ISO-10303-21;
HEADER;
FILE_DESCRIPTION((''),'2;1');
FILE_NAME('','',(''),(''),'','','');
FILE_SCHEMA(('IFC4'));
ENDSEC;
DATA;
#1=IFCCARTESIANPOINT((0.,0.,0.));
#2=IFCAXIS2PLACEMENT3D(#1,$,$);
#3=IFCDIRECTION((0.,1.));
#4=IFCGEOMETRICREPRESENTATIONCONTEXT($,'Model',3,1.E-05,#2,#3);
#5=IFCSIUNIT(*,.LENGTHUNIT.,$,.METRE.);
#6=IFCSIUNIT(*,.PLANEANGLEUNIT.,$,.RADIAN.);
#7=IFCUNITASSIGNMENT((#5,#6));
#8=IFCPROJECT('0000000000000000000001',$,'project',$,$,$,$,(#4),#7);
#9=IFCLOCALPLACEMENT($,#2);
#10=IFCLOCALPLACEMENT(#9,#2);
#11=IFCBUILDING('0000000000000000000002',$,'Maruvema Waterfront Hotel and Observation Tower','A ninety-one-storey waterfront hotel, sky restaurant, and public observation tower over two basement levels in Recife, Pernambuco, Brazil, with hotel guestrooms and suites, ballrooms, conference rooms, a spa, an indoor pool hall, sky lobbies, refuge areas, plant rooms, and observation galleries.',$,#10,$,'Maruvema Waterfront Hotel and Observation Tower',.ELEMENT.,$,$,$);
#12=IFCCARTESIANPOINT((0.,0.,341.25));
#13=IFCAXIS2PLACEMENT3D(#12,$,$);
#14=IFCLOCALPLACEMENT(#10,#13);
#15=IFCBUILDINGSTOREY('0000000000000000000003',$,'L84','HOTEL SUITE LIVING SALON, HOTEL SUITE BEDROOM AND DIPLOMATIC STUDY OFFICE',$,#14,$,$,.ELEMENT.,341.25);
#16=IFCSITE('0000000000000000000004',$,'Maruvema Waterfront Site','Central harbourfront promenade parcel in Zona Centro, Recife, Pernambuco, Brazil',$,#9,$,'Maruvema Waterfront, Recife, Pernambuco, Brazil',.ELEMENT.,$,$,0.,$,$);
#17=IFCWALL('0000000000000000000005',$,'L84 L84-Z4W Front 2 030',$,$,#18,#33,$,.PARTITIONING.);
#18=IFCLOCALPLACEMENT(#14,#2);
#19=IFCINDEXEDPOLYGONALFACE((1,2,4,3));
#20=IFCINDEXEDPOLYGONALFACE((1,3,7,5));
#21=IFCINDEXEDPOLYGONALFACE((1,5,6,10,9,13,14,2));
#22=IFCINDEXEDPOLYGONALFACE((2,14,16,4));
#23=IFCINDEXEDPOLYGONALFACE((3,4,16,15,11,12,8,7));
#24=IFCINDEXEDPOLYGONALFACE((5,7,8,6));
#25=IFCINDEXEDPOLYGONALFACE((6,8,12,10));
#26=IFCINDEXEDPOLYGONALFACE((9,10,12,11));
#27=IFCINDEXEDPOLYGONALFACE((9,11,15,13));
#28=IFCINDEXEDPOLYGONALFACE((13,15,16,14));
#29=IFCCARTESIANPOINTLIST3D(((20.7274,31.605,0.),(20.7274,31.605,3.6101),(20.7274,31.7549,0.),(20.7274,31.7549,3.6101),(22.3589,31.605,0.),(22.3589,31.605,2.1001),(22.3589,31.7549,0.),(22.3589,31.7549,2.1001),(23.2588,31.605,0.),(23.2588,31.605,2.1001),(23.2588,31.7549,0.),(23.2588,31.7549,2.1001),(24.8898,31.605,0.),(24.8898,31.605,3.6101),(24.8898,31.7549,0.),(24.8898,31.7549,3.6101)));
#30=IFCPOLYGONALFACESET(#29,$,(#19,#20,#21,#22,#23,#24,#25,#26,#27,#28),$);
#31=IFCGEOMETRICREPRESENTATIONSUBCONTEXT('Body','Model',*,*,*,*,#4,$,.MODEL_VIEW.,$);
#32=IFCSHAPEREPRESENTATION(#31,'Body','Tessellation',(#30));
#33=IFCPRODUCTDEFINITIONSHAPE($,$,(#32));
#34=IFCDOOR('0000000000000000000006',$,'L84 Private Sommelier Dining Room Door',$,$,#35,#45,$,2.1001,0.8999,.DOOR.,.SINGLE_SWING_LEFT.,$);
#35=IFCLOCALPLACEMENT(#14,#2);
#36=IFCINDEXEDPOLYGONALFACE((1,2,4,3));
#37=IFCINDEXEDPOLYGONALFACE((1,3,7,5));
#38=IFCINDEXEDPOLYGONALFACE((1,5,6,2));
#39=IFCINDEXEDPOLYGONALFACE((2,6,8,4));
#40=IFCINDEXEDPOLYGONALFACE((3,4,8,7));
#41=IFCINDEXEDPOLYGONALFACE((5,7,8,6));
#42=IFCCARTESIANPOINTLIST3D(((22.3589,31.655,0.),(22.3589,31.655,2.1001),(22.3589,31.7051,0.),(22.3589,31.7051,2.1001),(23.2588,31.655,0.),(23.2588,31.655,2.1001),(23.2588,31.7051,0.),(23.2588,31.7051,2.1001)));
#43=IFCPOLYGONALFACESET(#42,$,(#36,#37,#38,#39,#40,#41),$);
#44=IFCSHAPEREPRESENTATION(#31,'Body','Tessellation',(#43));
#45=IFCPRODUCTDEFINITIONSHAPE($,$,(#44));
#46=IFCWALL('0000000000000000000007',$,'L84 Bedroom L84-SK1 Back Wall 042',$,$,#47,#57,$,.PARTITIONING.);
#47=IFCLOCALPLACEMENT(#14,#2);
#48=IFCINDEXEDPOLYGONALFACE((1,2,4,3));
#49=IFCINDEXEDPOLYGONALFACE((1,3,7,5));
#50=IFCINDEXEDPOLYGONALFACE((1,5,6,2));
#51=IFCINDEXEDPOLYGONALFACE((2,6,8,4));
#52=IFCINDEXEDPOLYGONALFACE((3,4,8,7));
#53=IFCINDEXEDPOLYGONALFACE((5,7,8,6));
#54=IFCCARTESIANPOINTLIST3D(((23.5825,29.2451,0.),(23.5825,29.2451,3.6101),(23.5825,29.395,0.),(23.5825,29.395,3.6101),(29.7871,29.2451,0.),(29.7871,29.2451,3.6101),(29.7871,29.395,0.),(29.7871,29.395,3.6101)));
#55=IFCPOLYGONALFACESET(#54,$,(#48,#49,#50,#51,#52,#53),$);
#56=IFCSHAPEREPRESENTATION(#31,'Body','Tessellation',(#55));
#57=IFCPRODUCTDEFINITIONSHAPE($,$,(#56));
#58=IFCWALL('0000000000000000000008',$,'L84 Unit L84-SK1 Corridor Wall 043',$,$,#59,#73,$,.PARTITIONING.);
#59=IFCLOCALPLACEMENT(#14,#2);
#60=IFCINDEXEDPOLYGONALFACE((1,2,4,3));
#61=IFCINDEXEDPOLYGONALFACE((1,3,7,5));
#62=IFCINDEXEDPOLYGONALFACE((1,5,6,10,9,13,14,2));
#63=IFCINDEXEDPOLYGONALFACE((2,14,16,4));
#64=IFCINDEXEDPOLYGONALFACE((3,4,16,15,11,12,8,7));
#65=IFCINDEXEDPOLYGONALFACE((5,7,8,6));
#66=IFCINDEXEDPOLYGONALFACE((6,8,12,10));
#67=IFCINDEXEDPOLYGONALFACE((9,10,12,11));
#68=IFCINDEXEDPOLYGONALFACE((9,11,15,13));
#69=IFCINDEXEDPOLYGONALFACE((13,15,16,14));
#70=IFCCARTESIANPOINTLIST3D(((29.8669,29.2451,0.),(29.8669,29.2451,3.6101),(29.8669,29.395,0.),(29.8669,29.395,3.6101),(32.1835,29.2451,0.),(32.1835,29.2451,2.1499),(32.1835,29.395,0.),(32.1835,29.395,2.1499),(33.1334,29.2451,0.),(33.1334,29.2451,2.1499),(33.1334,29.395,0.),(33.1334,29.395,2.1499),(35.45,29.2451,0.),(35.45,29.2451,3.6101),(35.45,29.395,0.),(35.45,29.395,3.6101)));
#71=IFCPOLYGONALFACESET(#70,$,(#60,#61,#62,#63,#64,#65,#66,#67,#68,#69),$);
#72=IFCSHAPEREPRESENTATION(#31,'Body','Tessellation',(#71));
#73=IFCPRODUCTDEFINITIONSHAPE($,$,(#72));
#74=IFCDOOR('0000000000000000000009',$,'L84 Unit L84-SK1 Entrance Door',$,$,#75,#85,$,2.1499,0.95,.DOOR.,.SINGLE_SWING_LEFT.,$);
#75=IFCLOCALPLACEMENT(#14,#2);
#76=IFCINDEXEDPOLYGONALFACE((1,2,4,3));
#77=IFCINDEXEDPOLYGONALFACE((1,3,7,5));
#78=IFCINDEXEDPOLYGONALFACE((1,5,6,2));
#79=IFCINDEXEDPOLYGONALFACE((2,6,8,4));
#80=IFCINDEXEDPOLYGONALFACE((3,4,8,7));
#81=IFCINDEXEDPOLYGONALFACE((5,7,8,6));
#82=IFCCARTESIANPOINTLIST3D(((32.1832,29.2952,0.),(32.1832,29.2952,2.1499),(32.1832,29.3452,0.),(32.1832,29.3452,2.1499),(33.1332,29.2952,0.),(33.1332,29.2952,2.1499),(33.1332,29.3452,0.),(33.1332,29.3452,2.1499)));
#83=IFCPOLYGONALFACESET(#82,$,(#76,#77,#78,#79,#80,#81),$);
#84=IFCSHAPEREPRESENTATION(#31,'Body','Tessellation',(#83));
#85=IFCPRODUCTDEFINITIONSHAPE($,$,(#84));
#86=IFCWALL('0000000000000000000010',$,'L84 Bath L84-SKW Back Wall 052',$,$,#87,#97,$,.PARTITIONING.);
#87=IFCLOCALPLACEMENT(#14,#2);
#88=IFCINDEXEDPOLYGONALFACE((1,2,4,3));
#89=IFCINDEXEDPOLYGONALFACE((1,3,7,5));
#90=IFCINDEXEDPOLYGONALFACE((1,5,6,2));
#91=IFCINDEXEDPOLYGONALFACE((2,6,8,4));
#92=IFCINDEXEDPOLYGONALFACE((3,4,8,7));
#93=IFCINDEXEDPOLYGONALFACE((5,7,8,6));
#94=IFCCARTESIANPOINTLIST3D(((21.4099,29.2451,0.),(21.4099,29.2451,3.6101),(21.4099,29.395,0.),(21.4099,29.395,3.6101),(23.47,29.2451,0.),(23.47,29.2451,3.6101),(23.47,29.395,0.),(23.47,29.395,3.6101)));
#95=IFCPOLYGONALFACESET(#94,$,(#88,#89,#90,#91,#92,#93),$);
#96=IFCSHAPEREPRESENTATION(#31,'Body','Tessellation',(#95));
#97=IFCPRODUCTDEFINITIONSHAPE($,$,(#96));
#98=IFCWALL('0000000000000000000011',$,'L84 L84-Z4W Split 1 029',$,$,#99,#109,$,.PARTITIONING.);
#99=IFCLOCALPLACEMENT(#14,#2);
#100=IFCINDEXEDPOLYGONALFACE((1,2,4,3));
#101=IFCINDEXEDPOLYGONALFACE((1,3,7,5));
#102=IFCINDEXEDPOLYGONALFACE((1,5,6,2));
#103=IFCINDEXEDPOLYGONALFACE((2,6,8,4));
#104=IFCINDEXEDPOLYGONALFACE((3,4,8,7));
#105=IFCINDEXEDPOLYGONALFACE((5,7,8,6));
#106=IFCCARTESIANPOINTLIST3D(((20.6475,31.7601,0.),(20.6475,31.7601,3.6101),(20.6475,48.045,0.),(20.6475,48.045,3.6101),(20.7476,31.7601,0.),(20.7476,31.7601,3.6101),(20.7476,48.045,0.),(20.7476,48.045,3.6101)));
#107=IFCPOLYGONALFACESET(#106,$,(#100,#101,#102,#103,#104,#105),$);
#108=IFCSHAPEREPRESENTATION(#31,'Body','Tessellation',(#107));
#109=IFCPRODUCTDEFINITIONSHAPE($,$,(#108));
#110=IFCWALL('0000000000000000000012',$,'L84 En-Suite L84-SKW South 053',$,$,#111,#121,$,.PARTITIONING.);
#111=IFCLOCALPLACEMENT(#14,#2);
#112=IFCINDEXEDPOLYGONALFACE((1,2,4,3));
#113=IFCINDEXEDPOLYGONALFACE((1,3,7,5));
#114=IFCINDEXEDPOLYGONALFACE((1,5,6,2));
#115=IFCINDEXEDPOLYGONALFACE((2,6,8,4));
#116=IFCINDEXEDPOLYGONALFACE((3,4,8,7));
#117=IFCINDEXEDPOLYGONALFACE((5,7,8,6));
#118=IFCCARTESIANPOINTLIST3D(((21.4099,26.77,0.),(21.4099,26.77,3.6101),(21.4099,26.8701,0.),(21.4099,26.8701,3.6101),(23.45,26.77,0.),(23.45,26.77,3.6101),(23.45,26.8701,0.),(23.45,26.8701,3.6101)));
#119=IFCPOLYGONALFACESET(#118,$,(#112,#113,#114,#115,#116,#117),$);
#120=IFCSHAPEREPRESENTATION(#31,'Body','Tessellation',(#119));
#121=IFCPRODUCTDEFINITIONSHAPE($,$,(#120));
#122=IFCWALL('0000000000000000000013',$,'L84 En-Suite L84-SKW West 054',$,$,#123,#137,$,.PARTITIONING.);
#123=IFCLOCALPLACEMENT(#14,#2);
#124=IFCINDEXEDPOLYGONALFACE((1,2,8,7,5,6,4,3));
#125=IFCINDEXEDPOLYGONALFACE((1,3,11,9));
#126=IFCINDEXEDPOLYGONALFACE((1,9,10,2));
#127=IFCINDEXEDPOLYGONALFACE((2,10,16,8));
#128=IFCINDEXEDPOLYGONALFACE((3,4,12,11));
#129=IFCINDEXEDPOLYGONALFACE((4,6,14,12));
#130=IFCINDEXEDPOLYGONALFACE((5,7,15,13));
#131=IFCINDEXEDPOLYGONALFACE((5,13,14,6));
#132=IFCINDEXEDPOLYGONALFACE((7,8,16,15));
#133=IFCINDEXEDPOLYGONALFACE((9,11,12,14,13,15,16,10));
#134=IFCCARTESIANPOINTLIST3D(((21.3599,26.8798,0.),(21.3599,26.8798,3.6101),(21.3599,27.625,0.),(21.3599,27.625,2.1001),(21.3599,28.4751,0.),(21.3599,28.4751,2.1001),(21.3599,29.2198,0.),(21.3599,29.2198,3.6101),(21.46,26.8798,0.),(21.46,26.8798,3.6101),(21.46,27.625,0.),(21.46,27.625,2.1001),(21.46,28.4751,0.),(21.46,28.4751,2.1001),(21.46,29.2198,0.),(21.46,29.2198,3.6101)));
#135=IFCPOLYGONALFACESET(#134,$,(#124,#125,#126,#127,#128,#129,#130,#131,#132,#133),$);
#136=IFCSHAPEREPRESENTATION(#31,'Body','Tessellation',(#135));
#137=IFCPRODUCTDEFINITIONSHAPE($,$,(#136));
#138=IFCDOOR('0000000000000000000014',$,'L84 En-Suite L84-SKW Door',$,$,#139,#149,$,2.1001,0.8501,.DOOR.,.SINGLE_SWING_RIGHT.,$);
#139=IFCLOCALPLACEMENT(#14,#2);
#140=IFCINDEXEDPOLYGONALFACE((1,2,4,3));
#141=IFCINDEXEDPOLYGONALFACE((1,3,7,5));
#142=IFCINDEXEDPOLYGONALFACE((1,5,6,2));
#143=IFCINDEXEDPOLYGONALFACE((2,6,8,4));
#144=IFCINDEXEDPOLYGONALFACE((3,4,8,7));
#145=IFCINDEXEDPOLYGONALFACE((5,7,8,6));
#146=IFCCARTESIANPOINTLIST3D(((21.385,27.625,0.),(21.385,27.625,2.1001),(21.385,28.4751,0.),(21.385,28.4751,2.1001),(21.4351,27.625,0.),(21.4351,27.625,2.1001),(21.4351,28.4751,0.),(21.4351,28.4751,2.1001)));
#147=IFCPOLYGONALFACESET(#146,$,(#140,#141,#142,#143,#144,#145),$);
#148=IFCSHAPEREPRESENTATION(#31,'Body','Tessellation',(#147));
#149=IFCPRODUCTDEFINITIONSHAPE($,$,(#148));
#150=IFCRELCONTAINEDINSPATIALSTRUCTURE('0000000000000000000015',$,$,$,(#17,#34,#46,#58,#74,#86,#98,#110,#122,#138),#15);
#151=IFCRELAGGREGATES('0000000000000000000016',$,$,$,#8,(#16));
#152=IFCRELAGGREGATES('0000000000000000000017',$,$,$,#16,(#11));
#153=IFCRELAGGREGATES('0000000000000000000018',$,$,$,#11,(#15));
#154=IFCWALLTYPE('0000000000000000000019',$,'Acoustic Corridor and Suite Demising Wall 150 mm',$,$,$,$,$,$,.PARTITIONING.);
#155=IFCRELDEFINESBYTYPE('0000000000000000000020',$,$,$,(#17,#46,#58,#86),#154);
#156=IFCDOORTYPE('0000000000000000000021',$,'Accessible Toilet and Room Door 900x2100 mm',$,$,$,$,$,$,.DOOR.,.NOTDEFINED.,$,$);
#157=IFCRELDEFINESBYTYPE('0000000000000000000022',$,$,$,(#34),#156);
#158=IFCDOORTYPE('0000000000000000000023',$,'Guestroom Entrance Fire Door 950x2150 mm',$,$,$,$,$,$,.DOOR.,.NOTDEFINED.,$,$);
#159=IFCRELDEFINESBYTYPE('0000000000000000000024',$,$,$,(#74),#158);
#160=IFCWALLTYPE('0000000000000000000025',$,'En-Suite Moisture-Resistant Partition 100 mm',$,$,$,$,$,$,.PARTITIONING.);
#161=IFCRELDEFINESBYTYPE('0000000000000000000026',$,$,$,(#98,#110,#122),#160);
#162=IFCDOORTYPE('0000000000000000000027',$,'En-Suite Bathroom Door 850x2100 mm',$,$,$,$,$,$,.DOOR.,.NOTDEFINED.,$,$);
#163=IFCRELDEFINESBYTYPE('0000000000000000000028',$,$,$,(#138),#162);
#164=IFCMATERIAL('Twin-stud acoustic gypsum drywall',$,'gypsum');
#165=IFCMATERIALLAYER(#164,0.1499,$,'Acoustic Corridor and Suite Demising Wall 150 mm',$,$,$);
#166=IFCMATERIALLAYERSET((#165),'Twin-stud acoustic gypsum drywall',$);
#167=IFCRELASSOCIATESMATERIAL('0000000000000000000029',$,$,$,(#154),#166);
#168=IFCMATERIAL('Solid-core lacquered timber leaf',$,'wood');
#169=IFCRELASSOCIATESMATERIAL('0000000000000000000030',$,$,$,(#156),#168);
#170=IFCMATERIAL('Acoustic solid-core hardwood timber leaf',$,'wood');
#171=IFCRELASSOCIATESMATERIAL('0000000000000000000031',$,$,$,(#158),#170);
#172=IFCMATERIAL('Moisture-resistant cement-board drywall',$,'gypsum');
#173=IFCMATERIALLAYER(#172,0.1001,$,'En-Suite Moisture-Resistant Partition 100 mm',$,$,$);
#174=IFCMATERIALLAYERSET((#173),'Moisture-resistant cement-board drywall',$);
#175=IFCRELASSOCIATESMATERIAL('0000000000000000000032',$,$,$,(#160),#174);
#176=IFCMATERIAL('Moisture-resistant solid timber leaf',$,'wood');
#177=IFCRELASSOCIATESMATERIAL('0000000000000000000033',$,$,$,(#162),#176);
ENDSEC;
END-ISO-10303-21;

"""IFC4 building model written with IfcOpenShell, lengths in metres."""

from ifc_helpers import new_model, si_unit, direction, frame, frame_2d, origin, place, context, subcontext, project, spatial, rectangle, extrude, material, layer, layer_set, type_object, element, fill, save


model = new_model("IFC4")

# Units and contexts
model_context = context("Model", 3, precision=1e-05, world=origin(), true_north=direction((0.0, 1.0)))
body_context = subcontext(model_context, "Body", "Model", "MODEL_VIEW")
ifc_project = project(units=[si_unit("LENGTHUNIT", "METRE"), si_unit("PLANEANGLEUNIT", "RADIAN")], contexts=[model_context])

# Site, building, storey
site_placement = place(None, origin())
site = spatial("IfcSite", under=ifc_project, at=site_placement, Name="Maruvema Waterfront Site", Description="Central harbourfront promenade parcel in Zona Centro, Recife, Pernambuco, Brazil", LongName="Maruvema Waterfront, Recife, Pernambuco, Brazil", CompositionType="ELEMENT", RefElevation=0.0)
building_placement = place(site_placement, origin())
building = spatial("IfcBuilding", under=site, at=building_placement, Name="Maruvema Waterfront Hotel and Observation Tower", Description="A ninety-one-storey waterfront hotel, sky restaurant, and public observation tower over two basement levels in Recife, Pernambuco, Brazil, with hotel guestrooms and suites, ballrooms, conference rooms, a spa, an indoor pool hall, sky lobbies, refuge areas, plant rooms, and observation galleries.", LongName="Maruvema Waterfront Hotel and Observation Tower", CompositionType="ELEMENT")
storey_placement = place(building_placement, frame((0.0, 0.0, 341.25)))
storey = spatial("IfcBuildingStorey", under=building, at=storey_placement, Name="L84", Description="HOTEL SUITE LIVING SALON, HOTEL SUITE BEDROOM AND DIPLOMATIC STUDY OFFICE", CompositionType="ELEMENT", Elevation=341.25)

# Shared definitions
ifc_material_1 = material(Name="Twin-stud acoustic gypsum drywall", Category="gypsum")
ifc_layer_1 = layer(ifc_material_1, 0.1499, Name="Acoustic Corridor and Suite Demising Wall 150 mm")
ifc_layer_set_1 = layer_set([ifc_layer_1], Name="Twin-stud acoustic gypsum drywall")
wall_type_1 = type_object("IfcWallType", Name="Acoustic Corridor and Suite Demising Wall 150 mm", PredefinedType="PARTITIONING", material=ifc_layer_set_1)

# Wall, opening, door
wall_1_placement = place(storey_placement, frame((20.7275, 31.6799, 0.0), z_axis=(0.0, 0.0, 1.0), x_axis=(1.0, 0.0, 0.0)))
wall_1 = element("IfcWall", 1, at=wall_1_placement, inside=storey, type_object=wall_type_1, Name="L84 L84-Z4W Front 2 030", PredefinedType="PARTITIONING", context=body_context, shape_type="SweptSolid", body=[
    extrude(rectangle(XDim=4.1624, YDim=0.1499, at=frame_2d((2.0811, 0.0))), origin(), (0.0, 0.0, 1.0), 3.6101),
])
opening_1_placement = place(wall_1_placement, frame((1.6313, 0.0, 0.0)))
opening_1 = element("IfcOpeningElement", 2, at=opening_1_placement, cuts=wall_1, PredefinedType="OPENING", context=body_context, shape_type="SweptSolid", body=[
    extrude(rectangle(XDim=0.8999, YDim=2.1001, at=frame_2d((0.45, 1.05))), frame((0.0, 0.085, 0.0), z_axis=(0.0, -1.0, 0.0), x_axis=(1.0, 0.0, 0.0)), (0.0, 0.0, 1.0), 0.1699),
])
ifc_material_2 = material(Name="Solid-core lacquered timber leaf", Category="wood")
door_type_1 = type_object("IfcDoorType", Name="Accessible Toilet and Room Door 900x2100 mm", OperationType="NOTDEFINED", PredefinedType="DOOR", material=ifc_material_2)
door_1_placement = place(opening_1_placement, frame((0.8999, 0.0, 0.0), z_axis=(0.0, 0.0, 1.0), x_axis=(-1.0, 0.0, 0.0)))
door_1 = element("IfcDoor", 3, at=door_1_placement, inside=storey, type_object=door_type_1, Name="L84 Private Sommelier Dining Room Door", OperationType="SINGLE_SWING_LEFT", OverallHeight=2.1001, OverallWidth=0.8999, PredefinedType="DOOR", context=body_context, shape_type="SweptSolid", body=[
    extrude(rectangle(XDim=0.8999, YDim=2.1001, at=frame_2d((0.45, 1.05))), frame((0.0, 0.0249, 0.0), z_axis=(0.0, -1.0, 0.0), x_axis=(1.0, 0.0, 0.0)), (0.0, 0.0, 1.0), 0.05),
])
fill(opening_1, door_1)

# Wall
wall_2_placement = place(storey_placement, frame((23.5825, 29.3201, 0.0), z_axis=(0.0, 0.0, 1.0), x_axis=(1.0, 0.0, 0.0)))
element("IfcWall", 4, at=wall_2_placement, inside=storey, type_object=wall_type_1, Name="L84 Bedroom L84-SK1 Back Wall 042", PredefinedType="PARTITIONING", context=body_context, shape_type="SweptSolid", body=[
    extrude(rectangle(XDim=6.2046, YDim=0.1499, at=frame_2d((3.1023, 0.0))), origin(), (0.0, 0.0, 1.0), 3.6101),
])

# Wall, opening, door
wall_3_placement = place(storey_placement, frame((29.8669, 29.3201, 0.0), z_axis=(0.0, 0.0, 1.0), x_axis=(1.0, 0.0, 0.0)))
wall_3 = element("IfcWall", 5, at=wall_3_placement, inside=storey, type_object=wall_type_1, Name="L84 Unit L84-SK1 Corridor Wall 043", PredefinedType="PARTITIONING", context=body_context, shape_type="SweptSolid", body=[
    extrude(rectangle(XDim=5.583, YDim=0.1499, at=frame_2d((2.7915, 0.0))), origin(), (0.0, 0.0, 1.0), 3.6101),
])
opening_2_placement = place(wall_3_placement, frame((2.3164, 0.0, 0.0)))
opening_2 = element("IfcOpeningElement", 6, at=opening_2_placement, cuts=wall_3, PredefinedType="OPENING", context=body_context, shape_type="SweptSolid", body=[
    extrude(rectangle(XDim=0.95, YDim=2.1499, at=frame_2d((0.4751, 1.075))), frame((0.0, 0.085, 0.0), z_axis=(0.0, -1.0, 0.0), x_axis=(1.0, 0.0, 0.0)), (0.0, 0.0, 1.0), 0.1699),
])
ifc_material_3 = material(Name="Acoustic solid-core hardwood timber leaf", Category="wood")
door_type_2 = type_object("IfcDoorType", Name="Guestroom Entrance Fire Door 950x2150 mm", OperationType="NOTDEFINED", PredefinedType="DOOR", material=ifc_material_3)
door_2_placement = place(opening_2_placement, frame((0.95, 0.0, 0.0), z_axis=(0.0, 0.0, 1.0), x_axis=(-1.0, 0.0, 0.0)))
door_2 = element("IfcDoor", 7, at=door_2_placement, inside=storey, type_object=door_type_2, Name="L84 Unit L84-SK1 Entrance Door", OperationType="SINGLE_SWING_LEFT", OverallHeight=2.1499, OverallWidth=0.95, PredefinedType="DOOR", context=body_context, shape_type="SweptSolid", body=[
    extrude(rectangle(XDim=0.95, YDim=2.1499, at=frame_2d((0.4751, 1.075))), frame((0.0, 0.0249, 0.0), z_axis=(0.0, -1.0, 0.0), x_axis=(1.0, 0.0, 0.0)), (0.0, 0.0, 1.0), 0.05),
])
fill(opening_2, door_2)

# Walls
wall_4_placement = place(storey_placement, frame((21.4099, 29.3201, 0.0), z_axis=(0.0, 0.0, 1.0), x_axis=(1.0, 0.0, 0.0)))
element("IfcWall", 8, at=wall_4_placement, inside=storey, type_object=wall_type_1, Name="L84 Bath L84-SKW Back Wall 052", PredefinedType="PARTITIONING", context=body_context, shape_type="SweptSolid", body=[
    extrude(rectangle(XDim=2.0601, YDim=0.1499, at=frame_2d((1.03, 0.0))), origin(), (0.0, 0.0, 1.0), 3.6101),
])
ifc_material_4 = material(Name="Moisture-resistant cement-board drywall", Category="gypsum")
ifc_layer_2 = layer(ifc_material_4, 0.1001, Name="En-Suite Moisture-Resistant Partition 100 mm")
ifc_layer_set_2 = layer_set([ifc_layer_2], Name="Moisture-resistant cement-board drywall")
wall_type_2 = type_object("IfcWallType", Name="En-Suite Moisture-Resistant Partition 100 mm", PredefinedType="PARTITIONING", material=ifc_layer_set_2)
wall_5_placement = place(storey_placement, frame((20.6975, 31.76, 0.0), z_axis=(0.0, 0.0, 1.0), x_axis=(0.0, 1.0, 0.0)))
element("IfcWall", 9, at=wall_5_placement, inside=storey, type_object=wall_type_2, Name="L84 L84-Z4W Split 1 029", PredefinedType="PARTITIONING", context=body_context, shape_type="SweptSolid", body=[
    extrude(rectangle(XDim=16.2849, YDim=0.1001, at=frame_2d((8.1426, 0.0))), origin(), (0.0, 0.0, 1.0), 3.6101),
])
wall_6_placement = place(storey_placement, frame((21.4099, 26.8201, 0.0), z_axis=(0.0, 0.0, 1.0), x_axis=(1.0, 0.0, 0.0)))
element("IfcWall", 10, at=wall_6_placement, inside=storey, type_object=wall_type_2, Name="L84 En-Suite L84-SKW South 053", PredefinedType="PARTITIONING", context=body_context, shape_type="SweptSolid", body=[
    extrude(rectangle(XDim=2.04, YDim=0.1001, at=frame_2d((1.02, 0.0))), origin(), (0.0, 0.0, 1.0), 3.6101),
])

# Wall, opening, door
wall_7_placement = place(storey_placement, frame((21.4099, 26.8799, 0.0), z_axis=(0.0, 0.0, 1.0), x_axis=(0.0, 1.0, 0.0)))
wall_7 = element("IfcWall", 11, at=wall_7_placement, inside=storey, type_object=wall_type_2, Name="L84 En-Suite L84-SKW West 054", PredefinedType="PARTITIONING", context=body_context, shape_type="SweptSolid", body=[
    extrude(rectangle(XDim=2.3401, YDim=0.1001, at=frame_2d((1.1699, 0.0))), origin(), (0.0, 0.0, 1.0), 3.6101),
])
opening_3_placement = place(wall_7_placement, frame((0.7451, 0.0, 0.0)))
opening_3 = element("IfcOpeningElement", 12, at=opening_3_placement, cuts=wall_7, PredefinedType="OPENING", context=body_context, shape_type="SweptSolid", body=[
    extrude(rectangle(XDim=0.8501, YDim=2.1001, at=frame_2d((0.425, 1.05))), frame((0.0, 0.0601, 0.0), z_axis=(0.0, -1.0, 0.0), x_axis=(1.0, 0.0, 0.0)), (0.0, 0.0, 1.0), 0.1201),
])
ifc_material_5 = material(Name="Moisture-resistant solid timber leaf", Category="wood")
door_type_3 = type_object("IfcDoorType", Name="En-Suite Bathroom Door 850x2100 mm", OperationType="NOTDEFINED", PredefinedType="DOOR", material=ifc_material_5)
door_3_placement = place(opening_3_placement, origin())
door_3 = element("IfcDoor", 13, at=door_3_placement, inside=storey, type_object=door_type_3, Name="L84 En-Suite L84-SKW Door", OperationType="SINGLE_SWING_RIGHT", OverallHeight=2.1001, OverallWidth=0.8501, PredefinedType="DOOR", context=body_context, shape_type="SweptSolid", body=[
    extrude(rectangle(XDim=0.8501, YDim=2.1001, at=frame_2d((0.425, 1.05))), frame((0.0, 0.0249, 0.0), z_axis=(0.0, -1.0, 0.0), x_axis=(1.0, 0.0, 0.0)), (0.0, 0.0, 1.0), 0.05),
])
fill(opening_3, door_3)

save(model, "model.ifc")
